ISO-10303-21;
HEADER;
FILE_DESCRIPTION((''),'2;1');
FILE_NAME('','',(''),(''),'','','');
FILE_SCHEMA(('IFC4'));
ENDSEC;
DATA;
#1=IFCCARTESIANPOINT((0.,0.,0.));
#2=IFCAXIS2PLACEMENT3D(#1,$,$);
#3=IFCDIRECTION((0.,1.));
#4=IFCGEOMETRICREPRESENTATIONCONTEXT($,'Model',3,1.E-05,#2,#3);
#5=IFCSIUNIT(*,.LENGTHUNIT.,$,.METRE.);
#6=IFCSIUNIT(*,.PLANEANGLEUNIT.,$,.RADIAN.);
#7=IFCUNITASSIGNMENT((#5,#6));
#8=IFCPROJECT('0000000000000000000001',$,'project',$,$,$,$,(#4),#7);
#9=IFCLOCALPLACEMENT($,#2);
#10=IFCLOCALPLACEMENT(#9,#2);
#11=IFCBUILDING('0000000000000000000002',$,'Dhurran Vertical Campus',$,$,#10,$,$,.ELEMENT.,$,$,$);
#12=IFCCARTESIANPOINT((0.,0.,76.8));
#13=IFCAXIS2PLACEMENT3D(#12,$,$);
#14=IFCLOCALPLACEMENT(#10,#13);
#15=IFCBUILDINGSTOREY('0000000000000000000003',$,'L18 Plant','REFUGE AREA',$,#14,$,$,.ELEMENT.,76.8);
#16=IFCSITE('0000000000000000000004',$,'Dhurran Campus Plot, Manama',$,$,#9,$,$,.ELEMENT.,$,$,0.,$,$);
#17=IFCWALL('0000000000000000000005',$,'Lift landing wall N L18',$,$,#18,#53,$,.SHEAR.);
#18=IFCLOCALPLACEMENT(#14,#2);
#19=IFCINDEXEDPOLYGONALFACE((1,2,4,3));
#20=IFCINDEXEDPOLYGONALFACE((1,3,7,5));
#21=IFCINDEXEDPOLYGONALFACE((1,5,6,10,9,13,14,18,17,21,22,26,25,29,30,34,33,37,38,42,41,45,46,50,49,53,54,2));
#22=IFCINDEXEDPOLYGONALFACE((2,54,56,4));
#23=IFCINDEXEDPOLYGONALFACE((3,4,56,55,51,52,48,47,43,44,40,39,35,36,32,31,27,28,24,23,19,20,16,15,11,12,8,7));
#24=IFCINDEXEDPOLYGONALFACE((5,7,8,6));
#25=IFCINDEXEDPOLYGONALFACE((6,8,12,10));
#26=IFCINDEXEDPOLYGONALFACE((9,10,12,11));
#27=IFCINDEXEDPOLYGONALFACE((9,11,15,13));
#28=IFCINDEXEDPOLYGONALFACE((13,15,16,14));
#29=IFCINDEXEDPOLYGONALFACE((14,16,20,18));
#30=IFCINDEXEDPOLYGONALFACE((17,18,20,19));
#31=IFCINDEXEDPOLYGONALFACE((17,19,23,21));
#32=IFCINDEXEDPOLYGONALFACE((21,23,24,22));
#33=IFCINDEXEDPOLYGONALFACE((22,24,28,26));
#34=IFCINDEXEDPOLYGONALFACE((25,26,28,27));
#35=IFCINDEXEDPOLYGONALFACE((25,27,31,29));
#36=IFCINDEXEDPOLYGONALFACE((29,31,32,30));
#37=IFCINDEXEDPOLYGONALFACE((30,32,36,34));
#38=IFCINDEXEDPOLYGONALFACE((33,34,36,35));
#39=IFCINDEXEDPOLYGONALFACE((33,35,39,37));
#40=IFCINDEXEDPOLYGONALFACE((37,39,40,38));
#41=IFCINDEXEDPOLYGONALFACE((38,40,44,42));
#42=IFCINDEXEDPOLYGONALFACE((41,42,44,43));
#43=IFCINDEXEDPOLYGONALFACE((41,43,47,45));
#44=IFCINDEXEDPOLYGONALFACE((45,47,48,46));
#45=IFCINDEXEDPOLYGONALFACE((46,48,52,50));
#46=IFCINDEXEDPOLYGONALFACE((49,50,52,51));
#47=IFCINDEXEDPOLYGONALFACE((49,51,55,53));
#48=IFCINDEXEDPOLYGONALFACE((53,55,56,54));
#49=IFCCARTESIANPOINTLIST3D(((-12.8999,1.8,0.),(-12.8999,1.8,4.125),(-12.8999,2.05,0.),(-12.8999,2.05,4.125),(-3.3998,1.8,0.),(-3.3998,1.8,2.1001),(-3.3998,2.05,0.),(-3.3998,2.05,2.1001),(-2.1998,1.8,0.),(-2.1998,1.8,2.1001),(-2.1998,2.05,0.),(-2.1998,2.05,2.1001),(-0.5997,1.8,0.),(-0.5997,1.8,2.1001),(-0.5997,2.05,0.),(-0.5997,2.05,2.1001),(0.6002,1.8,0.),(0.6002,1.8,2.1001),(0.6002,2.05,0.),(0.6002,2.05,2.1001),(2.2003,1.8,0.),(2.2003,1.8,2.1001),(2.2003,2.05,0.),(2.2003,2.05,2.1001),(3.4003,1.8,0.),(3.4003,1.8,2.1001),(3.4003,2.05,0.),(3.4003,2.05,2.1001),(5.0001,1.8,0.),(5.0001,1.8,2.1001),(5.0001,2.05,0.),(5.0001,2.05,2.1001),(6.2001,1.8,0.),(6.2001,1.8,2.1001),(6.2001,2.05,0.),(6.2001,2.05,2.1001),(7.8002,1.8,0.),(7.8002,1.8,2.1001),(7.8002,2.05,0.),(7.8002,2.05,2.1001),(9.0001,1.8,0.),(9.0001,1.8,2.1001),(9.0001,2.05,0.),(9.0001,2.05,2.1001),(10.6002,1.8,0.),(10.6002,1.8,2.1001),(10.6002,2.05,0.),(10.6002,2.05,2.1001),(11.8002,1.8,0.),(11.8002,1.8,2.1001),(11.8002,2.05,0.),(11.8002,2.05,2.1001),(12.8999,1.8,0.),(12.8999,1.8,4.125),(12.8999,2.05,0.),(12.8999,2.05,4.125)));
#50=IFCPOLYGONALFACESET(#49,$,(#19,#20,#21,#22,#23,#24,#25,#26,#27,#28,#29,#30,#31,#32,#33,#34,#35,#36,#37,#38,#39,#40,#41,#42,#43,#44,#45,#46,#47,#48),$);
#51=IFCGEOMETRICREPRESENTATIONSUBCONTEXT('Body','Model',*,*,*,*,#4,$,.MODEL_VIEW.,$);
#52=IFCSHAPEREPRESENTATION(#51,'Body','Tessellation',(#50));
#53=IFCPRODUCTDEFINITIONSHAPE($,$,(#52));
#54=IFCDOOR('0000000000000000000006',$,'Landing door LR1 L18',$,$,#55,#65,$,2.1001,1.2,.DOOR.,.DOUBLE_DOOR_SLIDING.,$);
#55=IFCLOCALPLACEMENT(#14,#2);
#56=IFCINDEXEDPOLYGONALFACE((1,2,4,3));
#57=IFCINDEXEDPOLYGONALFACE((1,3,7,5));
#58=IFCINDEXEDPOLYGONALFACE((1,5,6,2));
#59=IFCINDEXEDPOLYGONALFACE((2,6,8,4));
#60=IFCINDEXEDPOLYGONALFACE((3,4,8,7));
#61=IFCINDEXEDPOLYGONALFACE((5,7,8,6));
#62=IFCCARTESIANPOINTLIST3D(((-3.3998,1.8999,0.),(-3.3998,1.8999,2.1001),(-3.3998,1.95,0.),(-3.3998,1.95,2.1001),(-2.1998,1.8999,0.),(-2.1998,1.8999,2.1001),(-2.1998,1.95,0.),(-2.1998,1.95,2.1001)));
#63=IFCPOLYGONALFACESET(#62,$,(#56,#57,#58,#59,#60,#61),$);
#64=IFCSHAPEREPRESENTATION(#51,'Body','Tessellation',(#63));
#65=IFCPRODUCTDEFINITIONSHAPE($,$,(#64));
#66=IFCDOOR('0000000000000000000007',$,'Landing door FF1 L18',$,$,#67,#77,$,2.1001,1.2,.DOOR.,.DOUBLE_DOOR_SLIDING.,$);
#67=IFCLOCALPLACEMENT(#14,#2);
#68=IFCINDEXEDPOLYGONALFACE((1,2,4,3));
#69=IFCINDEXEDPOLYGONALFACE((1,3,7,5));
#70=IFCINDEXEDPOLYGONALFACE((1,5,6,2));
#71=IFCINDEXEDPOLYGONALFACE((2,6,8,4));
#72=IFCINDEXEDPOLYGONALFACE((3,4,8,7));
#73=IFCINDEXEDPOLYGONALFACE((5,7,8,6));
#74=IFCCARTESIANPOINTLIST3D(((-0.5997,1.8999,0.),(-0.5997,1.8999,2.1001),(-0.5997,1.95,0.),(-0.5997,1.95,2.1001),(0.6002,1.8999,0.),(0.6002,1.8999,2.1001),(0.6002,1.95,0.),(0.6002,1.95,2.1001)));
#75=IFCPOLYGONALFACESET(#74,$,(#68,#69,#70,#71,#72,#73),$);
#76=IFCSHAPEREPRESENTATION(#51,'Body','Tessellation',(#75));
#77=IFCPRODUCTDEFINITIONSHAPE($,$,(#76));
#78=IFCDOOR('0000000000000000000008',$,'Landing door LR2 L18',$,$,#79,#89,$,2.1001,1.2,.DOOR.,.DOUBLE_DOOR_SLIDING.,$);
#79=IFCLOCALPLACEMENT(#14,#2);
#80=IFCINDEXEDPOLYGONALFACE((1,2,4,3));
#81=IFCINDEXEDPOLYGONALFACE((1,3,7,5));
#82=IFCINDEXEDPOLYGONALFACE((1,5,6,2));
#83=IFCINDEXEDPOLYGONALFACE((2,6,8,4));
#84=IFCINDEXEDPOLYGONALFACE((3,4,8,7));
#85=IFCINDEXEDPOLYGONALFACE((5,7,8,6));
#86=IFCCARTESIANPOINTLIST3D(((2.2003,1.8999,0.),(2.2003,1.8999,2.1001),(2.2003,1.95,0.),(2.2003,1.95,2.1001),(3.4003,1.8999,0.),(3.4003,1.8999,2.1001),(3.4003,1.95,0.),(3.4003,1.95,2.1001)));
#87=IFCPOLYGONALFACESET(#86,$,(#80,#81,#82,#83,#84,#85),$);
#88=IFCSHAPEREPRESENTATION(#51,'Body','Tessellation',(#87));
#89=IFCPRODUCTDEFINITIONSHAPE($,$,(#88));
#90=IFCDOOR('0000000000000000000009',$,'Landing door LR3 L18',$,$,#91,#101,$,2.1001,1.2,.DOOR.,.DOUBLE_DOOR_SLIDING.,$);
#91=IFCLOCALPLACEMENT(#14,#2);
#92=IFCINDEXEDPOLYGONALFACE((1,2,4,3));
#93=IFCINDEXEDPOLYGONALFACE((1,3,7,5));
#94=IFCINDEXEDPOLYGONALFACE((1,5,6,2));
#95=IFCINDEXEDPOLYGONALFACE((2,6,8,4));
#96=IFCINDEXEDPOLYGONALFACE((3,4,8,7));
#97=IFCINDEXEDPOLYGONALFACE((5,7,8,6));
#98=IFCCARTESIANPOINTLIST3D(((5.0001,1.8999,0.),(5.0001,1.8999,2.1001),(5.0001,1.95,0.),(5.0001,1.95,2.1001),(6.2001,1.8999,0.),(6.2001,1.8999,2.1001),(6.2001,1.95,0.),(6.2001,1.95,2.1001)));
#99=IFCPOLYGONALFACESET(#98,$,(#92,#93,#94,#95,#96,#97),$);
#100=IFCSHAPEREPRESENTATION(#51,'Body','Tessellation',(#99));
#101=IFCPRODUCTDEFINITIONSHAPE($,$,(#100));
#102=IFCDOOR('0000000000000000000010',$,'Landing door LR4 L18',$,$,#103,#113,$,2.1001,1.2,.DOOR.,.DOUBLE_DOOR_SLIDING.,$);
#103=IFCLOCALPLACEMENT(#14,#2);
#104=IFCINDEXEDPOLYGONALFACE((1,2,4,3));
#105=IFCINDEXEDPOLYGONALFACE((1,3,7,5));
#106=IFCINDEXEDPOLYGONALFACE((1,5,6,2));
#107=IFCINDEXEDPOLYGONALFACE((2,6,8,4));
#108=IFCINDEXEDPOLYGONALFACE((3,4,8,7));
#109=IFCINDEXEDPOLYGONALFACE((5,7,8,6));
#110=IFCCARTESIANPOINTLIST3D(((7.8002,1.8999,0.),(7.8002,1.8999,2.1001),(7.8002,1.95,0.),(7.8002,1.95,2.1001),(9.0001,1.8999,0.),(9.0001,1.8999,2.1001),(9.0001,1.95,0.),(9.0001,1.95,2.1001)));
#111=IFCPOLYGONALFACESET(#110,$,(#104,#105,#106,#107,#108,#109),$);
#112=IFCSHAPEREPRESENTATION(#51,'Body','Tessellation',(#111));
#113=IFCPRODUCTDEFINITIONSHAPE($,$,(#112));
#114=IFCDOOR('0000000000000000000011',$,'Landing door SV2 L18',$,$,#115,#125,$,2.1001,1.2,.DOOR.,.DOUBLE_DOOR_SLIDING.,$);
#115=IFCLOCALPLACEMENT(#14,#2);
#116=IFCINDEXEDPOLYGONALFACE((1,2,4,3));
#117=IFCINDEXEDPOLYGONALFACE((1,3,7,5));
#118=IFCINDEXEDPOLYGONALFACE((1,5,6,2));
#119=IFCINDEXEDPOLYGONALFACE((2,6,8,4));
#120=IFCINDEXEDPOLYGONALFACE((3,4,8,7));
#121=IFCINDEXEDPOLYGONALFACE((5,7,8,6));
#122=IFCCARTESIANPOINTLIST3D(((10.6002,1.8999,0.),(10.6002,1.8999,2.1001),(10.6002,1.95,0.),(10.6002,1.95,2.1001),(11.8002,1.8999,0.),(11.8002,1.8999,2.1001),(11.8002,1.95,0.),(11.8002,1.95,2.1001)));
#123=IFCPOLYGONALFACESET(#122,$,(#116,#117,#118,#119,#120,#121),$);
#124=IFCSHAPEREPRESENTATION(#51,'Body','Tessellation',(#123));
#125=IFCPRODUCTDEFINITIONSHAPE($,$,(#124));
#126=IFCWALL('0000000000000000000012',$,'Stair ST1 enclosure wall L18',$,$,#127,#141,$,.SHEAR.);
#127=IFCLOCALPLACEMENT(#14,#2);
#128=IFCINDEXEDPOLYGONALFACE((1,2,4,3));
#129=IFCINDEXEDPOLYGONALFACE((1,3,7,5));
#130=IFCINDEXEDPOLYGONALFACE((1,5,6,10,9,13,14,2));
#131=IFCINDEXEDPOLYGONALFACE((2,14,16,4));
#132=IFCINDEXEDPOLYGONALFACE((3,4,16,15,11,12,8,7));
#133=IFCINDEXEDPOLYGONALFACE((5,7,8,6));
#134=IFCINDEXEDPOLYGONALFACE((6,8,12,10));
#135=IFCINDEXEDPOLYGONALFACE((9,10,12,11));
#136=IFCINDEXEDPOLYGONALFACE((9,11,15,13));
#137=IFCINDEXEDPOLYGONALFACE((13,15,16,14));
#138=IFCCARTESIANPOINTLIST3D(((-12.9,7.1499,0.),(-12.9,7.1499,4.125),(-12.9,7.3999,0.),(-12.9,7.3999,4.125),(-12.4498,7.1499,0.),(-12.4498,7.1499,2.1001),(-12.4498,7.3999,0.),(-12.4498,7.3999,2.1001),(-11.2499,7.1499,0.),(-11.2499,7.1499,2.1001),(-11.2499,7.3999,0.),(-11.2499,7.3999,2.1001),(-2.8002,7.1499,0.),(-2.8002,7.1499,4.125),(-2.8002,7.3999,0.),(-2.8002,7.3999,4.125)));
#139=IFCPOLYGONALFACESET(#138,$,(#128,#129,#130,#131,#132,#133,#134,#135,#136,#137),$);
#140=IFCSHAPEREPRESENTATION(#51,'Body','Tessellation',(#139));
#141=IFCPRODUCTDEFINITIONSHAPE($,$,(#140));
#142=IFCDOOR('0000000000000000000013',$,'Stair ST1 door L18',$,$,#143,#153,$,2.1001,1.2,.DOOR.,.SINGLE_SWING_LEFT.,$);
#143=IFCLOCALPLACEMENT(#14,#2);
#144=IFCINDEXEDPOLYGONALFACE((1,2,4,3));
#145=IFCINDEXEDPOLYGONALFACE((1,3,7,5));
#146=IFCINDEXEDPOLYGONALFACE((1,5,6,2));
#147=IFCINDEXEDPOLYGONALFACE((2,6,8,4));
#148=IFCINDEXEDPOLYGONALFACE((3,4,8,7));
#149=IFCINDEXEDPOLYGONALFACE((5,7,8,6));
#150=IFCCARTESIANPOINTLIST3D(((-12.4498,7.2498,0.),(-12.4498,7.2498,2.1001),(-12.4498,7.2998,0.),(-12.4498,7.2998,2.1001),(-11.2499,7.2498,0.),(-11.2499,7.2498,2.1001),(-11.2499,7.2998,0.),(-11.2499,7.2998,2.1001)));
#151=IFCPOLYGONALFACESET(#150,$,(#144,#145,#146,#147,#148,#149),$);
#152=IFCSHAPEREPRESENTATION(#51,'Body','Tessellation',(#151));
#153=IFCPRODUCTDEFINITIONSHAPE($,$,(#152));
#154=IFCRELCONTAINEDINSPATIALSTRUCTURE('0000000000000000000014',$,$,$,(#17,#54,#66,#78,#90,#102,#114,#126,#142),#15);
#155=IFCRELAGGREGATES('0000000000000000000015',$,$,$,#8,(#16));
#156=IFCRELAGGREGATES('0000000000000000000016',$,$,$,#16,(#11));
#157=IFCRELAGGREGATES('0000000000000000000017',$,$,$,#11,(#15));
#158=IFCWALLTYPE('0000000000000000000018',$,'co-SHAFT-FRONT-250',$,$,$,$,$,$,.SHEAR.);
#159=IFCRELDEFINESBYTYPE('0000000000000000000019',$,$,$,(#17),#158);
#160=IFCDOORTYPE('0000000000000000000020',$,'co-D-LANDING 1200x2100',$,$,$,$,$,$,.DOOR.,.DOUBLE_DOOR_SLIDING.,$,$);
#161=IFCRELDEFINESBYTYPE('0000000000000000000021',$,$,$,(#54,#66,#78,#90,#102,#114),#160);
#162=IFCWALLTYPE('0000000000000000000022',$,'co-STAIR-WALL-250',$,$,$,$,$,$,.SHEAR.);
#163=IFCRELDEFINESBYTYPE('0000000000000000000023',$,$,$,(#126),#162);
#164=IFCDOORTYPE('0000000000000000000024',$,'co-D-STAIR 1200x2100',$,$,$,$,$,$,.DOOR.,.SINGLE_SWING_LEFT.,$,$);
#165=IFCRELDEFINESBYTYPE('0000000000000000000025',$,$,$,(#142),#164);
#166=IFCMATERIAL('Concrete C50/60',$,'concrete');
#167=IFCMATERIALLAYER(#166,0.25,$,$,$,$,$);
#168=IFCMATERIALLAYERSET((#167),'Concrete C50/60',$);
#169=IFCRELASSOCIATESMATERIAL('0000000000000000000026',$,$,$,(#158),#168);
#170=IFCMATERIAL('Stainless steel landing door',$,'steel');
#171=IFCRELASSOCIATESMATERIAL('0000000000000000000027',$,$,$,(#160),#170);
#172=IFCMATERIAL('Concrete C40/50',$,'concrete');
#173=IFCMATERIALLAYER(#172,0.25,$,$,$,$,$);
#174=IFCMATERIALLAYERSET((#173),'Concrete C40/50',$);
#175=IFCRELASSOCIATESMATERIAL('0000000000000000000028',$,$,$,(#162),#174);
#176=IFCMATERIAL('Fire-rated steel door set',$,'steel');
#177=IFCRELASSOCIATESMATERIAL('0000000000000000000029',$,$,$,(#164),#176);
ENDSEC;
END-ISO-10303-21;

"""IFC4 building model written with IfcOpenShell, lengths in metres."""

from ifc_helpers import new_model, si_unit, direction, frame, frame_2d, origin, place, context, subcontext, project, spatial, rectangle, extrude, material, layer, layer_set, type_object, element, fill, save


model = new_model("IFC4")

# Units and contexts
model_context = context("Model", 3, precision=1e-05, world=origin(), true_north=direction((0.0, 1.0)))
body_context = subcontext(model_context, "Body", "Model", "MODEL_VIEW")
ifc_project = project(units=[si_unit("LENGTHUNIT", "METRE"), si_unit("PLANEANGLEUNIT", "RADIAN")], contexts=[model_context])

# Site, building, storey
site_placement = place(None, origin())
site = spatial("IfcSite", under=ifc_project, at=site_placement, Name="Dhurran Campus Plot, Manama", CompositionType="ELEMENT", RefElevation=0.0)
building_placement = place(site_placement, origin())
building = spatial("IfcBuilding", under=site, at=building_placement, Name="Dhurran Vertical Campus", CompositionType="ELEMENT")
storey_placement = place(building_placement, frame((0.0, 0.0, 76.8)))
storey = spatial("IfcBuildingStorey", under=building, at=storey_placement, Name="L18 Plant", Description="REFUGE AREA", CompositionType="ELEMENT", Elevation=76.8)

# Wall, openings, doors
ifc_material_1 = material(Name="Concrete C50/60", Category="concrete")
ifc_layer_1 = layer(ifc_material_1, 0.25)
ifc_layer_set_1 = layer_set([ifc_layer_1], Name="Concrete C50/60")
wall_type_1 = type_object("IfcWallType", Name="co-SHAFT-FRONT-250", PredefinedType="SHEAR", material=ifc_layer_set_1)
wall_1_placement = place(storey_placement, frame((-12.8999, 1.925, 0.0), z_axis=(0.0, 0.0, 1.0), x_axis=(1.0, 0.0, 0.0)))
wall_1 = element("IfcWall", 1, at=wall_1_placement, inside=storey, type_object=wall_type_1, Name="Lift landing wall N L18", PredefinedType="SHEAR", context=body_context, shape_type="SweptSolid", body=[
    extrude(rectangle(XDim=25.7998, YDim=0.25, at=frame_2d((12.8999, 0.0))), origin(), (0.0, 0.0, 1.0), 4.125),
])
opening_1_placement = place(wall_1_placement, frame((9.5, 0.0, 0.0)))
opening_1 = element("IfcOpeningElement", 2, at=opening_1_placement, cuts=wall_1, PredefinedType="OPENING", context=body_context, shape_type="SweptSolid", body=[
    extrude(rectangle(XDim=1.2, YDim=2.1001, at=frame_2d((0.6001, 1.05))), frame((0.0, 0.135, 0.0), z_axis=(0.0, -1.0, 0.0), x_axis=(1.0, 0.0, 0.0)), (0.0, 0.0, 1.0), 0.27),
])
opening_2_placement = place(wall_1_placement, frame((12.3, 0.0, 0.0)))
opening_2 = element("IfcOpeningElement", 3, at=opening_2_placement, cuts=wall_1, PredefinedType="OPENING", context=body_context, shape_type="SweptSolid", body=[
    extrude(rectangle(XDim=1.2, YDim=2.1001, at=frame_2d((0.6001, 1.05))), frame((0.0, 0.135, 0.0), z_axis=(0.0, -1.0, 0.0), x_axis=(1.0, 0.0, 0.0)), (0.0, 0.0, 1.0), 0.27),
])
opening_3_placement = place(wall_1_placement, frame((15.1001, 0.0, 0.0)))
opening_3 = element("IfcOpeningElement", 4, at=opening_3_placement, cuts=wall_1, PredefinedType="OPENING", context=body_context, shape_type="SweptSolid", body=[
    extrude(rectangle(XDim=1.2, YDim=2.1001, at=frame_2d((0.6001, 1.05))), frame((0.0, 0.135, 0.0), z_axis=(0.0, -1.0, 0.0), x_axis=(1.0, 0.0, 0.0)), (0.0, 0.0, 1.0), 0.27),
])
opening_4_placement = place(wall_1_placement, frame((17.8999, 0.0, 0.0)))
opening_4 = element("IfcOpeningElement", 5, at=opening_4_placement, cuts=wall_1, PredefinedType="OPENING", context=body_context, shape_type="SweptSolid", body=[
    extrude(rectangle(XDim=1.2, YDim=2.1001, at=frame_2d((0.6001, 1.05))), frame((0.0, 0.135, 0.0), z_axis=(0.0, -1.0, 0.0), x_axis=(1.0, 0.0, 0.0)), (0.0, 0.0, 1.0), 0.27),
])
opening_5_placement = place(wall_1_placement, frame((20.7, 0.0, 0.0)))
opening_5 = element("IfcOpeningElement", 6, at=opening_5_placement, cuts=wall_1, PredefinedType="OPENING", context=body_context, shape_type="SweptSolid", body=[
    extrude(rectangle(XDim=1.2, YDim=2.1001, at=frame_2d((0.6001, 1.05))), frame((0.0, 0.135, 0.0), z_axis=(0.0, -1.0, 0.0), x_axis=(1.0, 0.0, 0.0)), (0.0, 0.0, 1.0), 0.27),
])
opening_6_placement = place(wall_1_placement, frame((23.5, 0.0, 0.0)))
opening_6 = element("IfcOpeningElement", 7, at=opening_6_placement, cuts=wall_1, PredefinedType="OPENING", context=body_context, shape_type="SweptSolid", body=[
    extrude(rectangle(XDim=1.2, YDim=2.1001, at=frame_2d((0.6001, 1.05))), frame((0.0, 0.135, 0.0), z_axis=(0.0, -1.0, 0.0), x_axis=(1.0, 0.0, 0.0)), (0.0, 0.0, 1.0), 0.27),
])
ifc_material_2 = material(Name="Stainless steel landing door", Category="steel")
door_type_1 = type_object("IfcDoorType", Name="co-D-LANDING 1200x2100", OperationType="DOUBLE_DOOR_SLIDING", PredefinedType="DOOR", material=ifc_material_2)
door_1_placement = place(opening_1_placement, origin())
door_1 = element("IfcDoor", 8, at=door_1_placement, inside=storey, type_object=door_type_1, Name="Landing door LR1 L18", OperationType="DOUBLE_DOOR_SLIDING", OverallHeight=2.1001, OverallWidth=1.2, PredefinedType="DOOR", context=body_context, shape_type="SweptSolid", body=[
    extrude(rectangle(XDim=1.2, YDim=2.1001, at=frame_2d((0.6001, 1.05))), frame((0.0, 0.0249, 0.0), z_axis=(0.0, -1.0, 0.0), x_axis=(1.0, 0.0, 0.0)), (0.0, 0.0, 1.0), 0.05),
])
fill(opening_1, door_1)
door_2_placement = place(opening_2_placement, origin())
door_2 = element("IfcDoor", 9, at=door_2_placement, inside=storey, type_object=door_type_1, Name="Landing door FF1 L18", OperationType="DOUBLE_DOOR_SLIDING", OverallHeight=2.1001, OverallWidth=1.2, PredefinedType="DOOR", context=body_context, shape_type="SweptSolid", body=[
    extrude(rectangle(XDim=1.2, YDim=2.1001, at=frame_2d((0.6001, 1.05))), frame((0.0, 0.0249, 0.0), z_axis=(0.0, -1.0, 0.0), x_axis=(1.0, 0.0, 0.0)), (0.0, 0.0, 1.0), 0.05),
])
fill(opening_2, door_2)
door_3_placement = place(opening_3_placement, origin())
door_3 = element("IfcDoor", 10, at=door_3_placement, inside=storey, type_object=door_type_1, Name="Landing door LR2 L18", OperationType="DOUBLE_DOOR_SLIDING", OverallHeight=2.1001, OverallWidth=1.2, PredefinedType="DOOR", context=body_context, shape_type="SweptSolid", body=[
    extrude(rectangle(XDim=1.2, YDim=2.1001, at=frame_2d((0.6001, 1.05))), frame((0.0, 0.0249, 0.0), z_axis=(0.0, -1.0, 0.0), x_axis=(1.0, 0.0, 0.0)), (0.0, 0.0, 1.0), 0.05),
])
fill(opening_3, door_3)
door_4_placement = place(opening_4_placement, origin())
door_4 = element("IfcDoor", 11, at=door_4_placement, inside=storey, type_object=door_type_1, Name="Landing door LR3 L18", OperationType="DOUBLE_DOOR_SLIDING", OverallHeight=2.1001, OverallWidth=1.2, PredefinedType="DOOR", context=body_context, shape_type="SweptSolid", body=[
    extrude(rectangle(XDim=1.2, YDim=2.1001, at=frame_2d((0.6001, 1.05))), frame((0.0, 0.0249, 0.0), z_axis=(0.0, -1.0, 0.0), x_axis=(1.0, 0.0, 0.0)), (0.0, 0.0, 1.0), 0.05),
])
fill(opening_4, door_4)
door_5_placement = place(opening_5_placement, origin())
door_5 = element("IfcDoor", 12, at=door_5_placement, inside=storey, type_object=door_type_1, Name="Landing door LR4 L18", OperationType="DOUBLE_DOOR_SLIDING", OverallHeight=2.1001, OverallWidth=1.2, PredefinedType="DOOR", context=body_context, shape_type="SweptSolid", body=[
    extrude(rectangle(XDim=1.2, YDim=2.1001, at=frame_2d((0.6001, 1.05))), frame((0.0, 0.0249, 0.0), z_axis=(0.0, -1.0, 0.0), x_axis=(1.0, 0.0, 0.0)), (0.0, 0.0, 1.0), 0.05),
])
fill(opening_5, door_5)
door_6_placement = place(opening_6_placement, origin())
door_6 = element("IfcDoor", 13, at=door_6_placement, inside=storey, type_object=door_type_1, Name="Landing door SV2 L18", OperationType="DOUBLE_DOOR_SLIDING", OverallHeight=2.1001, OverallWidth=1.2, PredefinedType="DOOR", context=body_context, shape_type="SweptSolid", body=[
    extrude(rectangle(XDim=1.2, YDim=2.1001, at=frame_2d((0.6001, 1.05))), frame((0.0, 0.0249, 0.0), z_axis=(0.0, -1.0, 0.0), x_axis=(1.0, 0.0, 0.0)), (0.0, 0.0, 1.0), 0.05),
])
fill(opening_6, door_6)

# Wall, opening, door
ifc_material_3 = material(Name="Concrete C40/50", Category="concrete")
ifc_layer_2 = layer(ifc_material_3, 0.25)
ifc_layer_set_2 = layer_set([ifc_layer_2], Name="Concrete C40/50")
wall_type_2 = type_object("IfcWallType", Name="co-STAIR-WALL-250", PredefinedType="SHEAR", material=ifc_layer_set_2)
wall_2_placement = place(storey_placement, frame((-12.8999, 7.2749, 0.0), z_axis=(0.0, 0.0, 1.0), x_axis=(1.0, 0.0, 0.0)))
wall_2 = element("IfcWall", 14, at=wall_2_placement, inside=storey, type_object=wall_type_2, Name="Stair ST1 enclosure wall L18", PredefinedType="SHEAR", context=body_context, shape_type="SweptSolid", body=[
    extrude(rectangle(XDim=10.0999, YDim=0.25, at=frame_2d((5.0498, 0.0))), origin(), (0.0, 0.0, 1.0), 4.125),
])
opening_7_placement = place(wall_2_placement, frame((0.45, 0.0, 0.0)))
opening_7 = element("IfcOpeningElement", 15, at=opening_7_placement, cuts=wall_2, PredefinedType="OPENING", context=body_context, shape_type="SweptSolid", body=[
    extrude(rectangle(XDim=1.2, YDim=2.1001, at=frame_2d((0.6001, 1.05))), frame((0.0, 0.135, 0.0), z_axis=(0.0, -1.0, 0.0), x_axis=(1.0, 0.0, 0.0)), (0.0, 0.0, 1.0), 0.27),
])
ifc_material_4 = material(Name="Fire-rated steel door set", Category="steel")
door_type_2 = type_object("IfcDoorType", Name="co-D-STAIR 1200x2100", OperationType="SINGLE_SWING_LEFT", PredefinedType="DOOR", material=ifc_material_4)
door_7_placement = place(opening_7_placement, origin())
door_7 = element("IfcDoor", 16, at=door_7_placement, inside=storey, type_object=door_type_2, Name="Stair ST1 door L18", OperationType="SINGLE_SWING_LEFT", OverallHeight=2.1001, OverallWidth=1.2, PredefinedType="DOOR", context=body_context, shape_type="SweptSolid", body=[
    extrude(rectangle(XDim=1.2, YDim=2.1001, at=frame_2d((0.6001, 1.05))), frame((0.0, 0.0249, 0.0), z_axis=(0.0, -1.0, 0.0), x_axis=(1.0, 0.0, 0.0)), (0.0, 0.0, 1.0), 0.05),
])
fill(opening_7, door_7)

save(model, "model.ifc")
